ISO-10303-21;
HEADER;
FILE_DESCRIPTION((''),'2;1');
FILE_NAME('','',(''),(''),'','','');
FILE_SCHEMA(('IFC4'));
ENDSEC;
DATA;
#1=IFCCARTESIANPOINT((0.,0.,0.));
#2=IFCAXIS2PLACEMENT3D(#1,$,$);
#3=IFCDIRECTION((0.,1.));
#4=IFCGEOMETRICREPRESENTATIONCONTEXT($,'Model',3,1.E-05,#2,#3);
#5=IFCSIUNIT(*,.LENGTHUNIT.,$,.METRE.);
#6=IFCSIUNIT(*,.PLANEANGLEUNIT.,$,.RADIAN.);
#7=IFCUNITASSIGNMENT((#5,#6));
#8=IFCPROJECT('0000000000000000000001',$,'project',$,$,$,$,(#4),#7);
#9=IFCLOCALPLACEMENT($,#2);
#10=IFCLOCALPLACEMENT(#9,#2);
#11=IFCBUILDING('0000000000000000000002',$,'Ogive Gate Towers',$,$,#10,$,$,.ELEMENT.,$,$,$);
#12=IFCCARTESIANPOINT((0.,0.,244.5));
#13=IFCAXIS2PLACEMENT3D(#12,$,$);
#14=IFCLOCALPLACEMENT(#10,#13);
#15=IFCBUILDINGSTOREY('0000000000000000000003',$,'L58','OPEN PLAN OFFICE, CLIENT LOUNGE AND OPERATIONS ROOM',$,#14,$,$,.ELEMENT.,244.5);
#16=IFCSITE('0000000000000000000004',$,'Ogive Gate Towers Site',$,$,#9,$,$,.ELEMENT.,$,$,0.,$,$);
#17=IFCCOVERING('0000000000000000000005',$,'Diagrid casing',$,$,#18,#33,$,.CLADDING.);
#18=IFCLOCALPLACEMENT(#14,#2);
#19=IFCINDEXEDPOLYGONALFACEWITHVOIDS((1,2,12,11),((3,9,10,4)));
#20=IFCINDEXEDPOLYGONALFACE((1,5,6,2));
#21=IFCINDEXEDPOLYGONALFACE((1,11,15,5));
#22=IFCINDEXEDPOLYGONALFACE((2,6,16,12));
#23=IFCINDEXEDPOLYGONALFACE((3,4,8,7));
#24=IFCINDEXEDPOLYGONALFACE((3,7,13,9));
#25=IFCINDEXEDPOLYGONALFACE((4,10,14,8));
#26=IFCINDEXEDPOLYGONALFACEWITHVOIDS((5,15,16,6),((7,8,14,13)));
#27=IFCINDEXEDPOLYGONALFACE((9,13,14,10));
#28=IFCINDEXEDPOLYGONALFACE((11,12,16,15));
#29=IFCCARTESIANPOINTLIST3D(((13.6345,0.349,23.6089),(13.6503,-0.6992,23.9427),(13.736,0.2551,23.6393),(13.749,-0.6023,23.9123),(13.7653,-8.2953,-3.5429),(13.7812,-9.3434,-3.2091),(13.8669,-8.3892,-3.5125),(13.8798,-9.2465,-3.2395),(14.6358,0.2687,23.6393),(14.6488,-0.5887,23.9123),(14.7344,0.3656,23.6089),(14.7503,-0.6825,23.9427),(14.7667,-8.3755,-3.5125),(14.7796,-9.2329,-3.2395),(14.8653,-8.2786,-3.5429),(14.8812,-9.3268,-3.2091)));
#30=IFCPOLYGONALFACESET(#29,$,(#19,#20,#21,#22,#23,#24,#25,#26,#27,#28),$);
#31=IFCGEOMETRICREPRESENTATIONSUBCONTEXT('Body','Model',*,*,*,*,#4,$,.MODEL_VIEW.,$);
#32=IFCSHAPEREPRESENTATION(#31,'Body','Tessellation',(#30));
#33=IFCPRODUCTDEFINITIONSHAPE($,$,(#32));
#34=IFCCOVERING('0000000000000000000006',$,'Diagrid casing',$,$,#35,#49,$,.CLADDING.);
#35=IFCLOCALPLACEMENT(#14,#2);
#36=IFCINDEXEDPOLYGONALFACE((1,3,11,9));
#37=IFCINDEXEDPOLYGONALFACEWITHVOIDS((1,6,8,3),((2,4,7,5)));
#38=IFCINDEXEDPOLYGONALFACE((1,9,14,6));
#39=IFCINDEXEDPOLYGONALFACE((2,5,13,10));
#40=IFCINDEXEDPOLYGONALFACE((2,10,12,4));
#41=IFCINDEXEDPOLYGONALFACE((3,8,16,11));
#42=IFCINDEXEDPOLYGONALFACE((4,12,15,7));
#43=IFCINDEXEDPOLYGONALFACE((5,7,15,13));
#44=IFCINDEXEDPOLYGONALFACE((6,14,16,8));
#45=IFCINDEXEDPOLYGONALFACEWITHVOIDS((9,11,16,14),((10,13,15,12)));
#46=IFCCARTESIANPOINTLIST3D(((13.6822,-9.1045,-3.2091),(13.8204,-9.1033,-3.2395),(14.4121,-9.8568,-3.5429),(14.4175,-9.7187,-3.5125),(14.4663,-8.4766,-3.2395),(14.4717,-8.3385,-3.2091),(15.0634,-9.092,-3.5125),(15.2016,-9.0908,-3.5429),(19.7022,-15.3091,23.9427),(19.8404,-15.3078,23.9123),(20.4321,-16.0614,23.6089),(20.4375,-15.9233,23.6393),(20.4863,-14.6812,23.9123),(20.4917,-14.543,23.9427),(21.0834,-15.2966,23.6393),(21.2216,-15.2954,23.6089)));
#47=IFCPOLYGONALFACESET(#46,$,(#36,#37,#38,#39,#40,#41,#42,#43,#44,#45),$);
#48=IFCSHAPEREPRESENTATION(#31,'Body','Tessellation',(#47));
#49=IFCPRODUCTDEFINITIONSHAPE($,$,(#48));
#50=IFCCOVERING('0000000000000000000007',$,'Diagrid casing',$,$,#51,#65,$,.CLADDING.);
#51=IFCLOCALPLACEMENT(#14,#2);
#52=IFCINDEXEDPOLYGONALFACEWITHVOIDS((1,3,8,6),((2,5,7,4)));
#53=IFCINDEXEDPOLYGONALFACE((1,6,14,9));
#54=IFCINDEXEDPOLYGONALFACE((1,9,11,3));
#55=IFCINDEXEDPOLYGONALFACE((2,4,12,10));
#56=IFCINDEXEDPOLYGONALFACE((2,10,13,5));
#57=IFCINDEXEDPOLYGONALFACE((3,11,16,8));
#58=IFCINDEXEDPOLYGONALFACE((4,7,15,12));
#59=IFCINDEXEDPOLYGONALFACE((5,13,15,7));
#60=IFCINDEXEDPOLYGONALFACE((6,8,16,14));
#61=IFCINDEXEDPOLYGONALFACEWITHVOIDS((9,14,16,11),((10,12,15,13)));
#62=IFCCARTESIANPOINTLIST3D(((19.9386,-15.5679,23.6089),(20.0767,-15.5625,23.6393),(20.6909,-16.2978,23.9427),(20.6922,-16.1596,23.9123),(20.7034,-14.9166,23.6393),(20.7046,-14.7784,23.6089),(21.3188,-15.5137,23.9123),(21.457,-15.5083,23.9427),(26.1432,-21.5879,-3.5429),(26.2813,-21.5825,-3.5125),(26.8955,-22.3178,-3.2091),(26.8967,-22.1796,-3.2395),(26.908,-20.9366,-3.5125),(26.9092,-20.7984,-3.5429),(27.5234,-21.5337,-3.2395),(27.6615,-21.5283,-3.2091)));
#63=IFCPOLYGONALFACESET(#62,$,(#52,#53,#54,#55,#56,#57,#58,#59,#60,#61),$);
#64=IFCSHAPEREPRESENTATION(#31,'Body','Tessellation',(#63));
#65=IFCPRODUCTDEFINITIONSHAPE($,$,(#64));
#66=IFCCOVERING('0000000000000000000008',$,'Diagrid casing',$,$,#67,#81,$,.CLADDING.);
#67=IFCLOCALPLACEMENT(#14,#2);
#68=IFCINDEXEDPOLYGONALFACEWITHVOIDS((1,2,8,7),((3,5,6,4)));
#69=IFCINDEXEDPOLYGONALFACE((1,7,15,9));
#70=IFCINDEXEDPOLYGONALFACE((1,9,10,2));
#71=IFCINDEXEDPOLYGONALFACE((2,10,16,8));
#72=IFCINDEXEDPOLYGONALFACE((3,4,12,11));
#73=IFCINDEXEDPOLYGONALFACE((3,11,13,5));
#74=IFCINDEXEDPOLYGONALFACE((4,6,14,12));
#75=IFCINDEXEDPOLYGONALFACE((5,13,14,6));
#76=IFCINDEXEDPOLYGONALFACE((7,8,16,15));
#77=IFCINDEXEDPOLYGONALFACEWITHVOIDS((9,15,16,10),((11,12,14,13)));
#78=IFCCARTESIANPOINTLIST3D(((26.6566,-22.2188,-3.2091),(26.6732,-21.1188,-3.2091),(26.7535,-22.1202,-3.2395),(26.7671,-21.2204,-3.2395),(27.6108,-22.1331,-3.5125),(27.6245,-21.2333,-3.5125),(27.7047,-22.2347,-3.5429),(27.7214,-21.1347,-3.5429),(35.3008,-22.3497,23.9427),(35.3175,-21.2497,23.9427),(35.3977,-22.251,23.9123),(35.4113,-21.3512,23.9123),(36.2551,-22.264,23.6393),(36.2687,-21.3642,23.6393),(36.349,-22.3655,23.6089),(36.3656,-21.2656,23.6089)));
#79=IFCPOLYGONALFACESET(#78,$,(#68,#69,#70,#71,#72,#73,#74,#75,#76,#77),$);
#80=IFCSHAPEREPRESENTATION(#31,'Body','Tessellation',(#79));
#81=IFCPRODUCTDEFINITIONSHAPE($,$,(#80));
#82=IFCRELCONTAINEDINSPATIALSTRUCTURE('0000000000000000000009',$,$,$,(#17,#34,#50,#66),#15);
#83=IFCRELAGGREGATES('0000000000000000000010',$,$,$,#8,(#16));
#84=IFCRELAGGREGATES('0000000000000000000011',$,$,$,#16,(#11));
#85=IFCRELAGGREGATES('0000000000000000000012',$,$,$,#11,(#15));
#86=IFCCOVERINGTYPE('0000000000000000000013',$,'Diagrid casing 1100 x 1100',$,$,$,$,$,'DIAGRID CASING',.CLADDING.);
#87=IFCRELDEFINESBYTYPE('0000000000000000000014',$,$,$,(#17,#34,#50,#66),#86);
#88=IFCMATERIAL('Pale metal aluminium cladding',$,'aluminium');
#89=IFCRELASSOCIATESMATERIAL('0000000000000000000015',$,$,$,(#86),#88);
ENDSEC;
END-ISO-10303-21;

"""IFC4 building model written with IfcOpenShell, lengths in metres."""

from ifc_helpers import new_model, si_unit, direction, frame, origin, origin_2d, place, context, subcontext, project, spatial, hollow_rectangle, extrude, material, material_profile, profile_set, type_object, element, save


model = new_model("IFC4")

# Units and contexts
model_context = context("Model", 3, precision=1e-05, world=origin(), true_north=direction((0.0, 1.0)))
body_context = subcontext(model_context, "Body", "Model", "MODEL_VIEW")
ifc_project = project(units=[si_unit("LENGTHUNIT", "METRE"), si_unit("PLANEANGLEUNIT", "RADIAN")], contexts=[model_context])

# Site, building, storey
site_placement = place(None, origin())
site = spatial("IfcSite", under=ifc_project, at=site_placement, Name="Ogive Gate Towers Site", CompositionType="ELEMENT", RefElevation=0.0)
building_placement = place(site_placement, origin())
building = spatial("IfcBuilding", under=site, at=building_placement, Name="Ogive Gate Towers", CompositionType="ELEMENT")
storey_placement = place(building_placement, frame((0.0, 0.0, 244.5)))
storey = spatial("IfcBuildingStorey", under=building, at=storey_placement, Name="L58", Description="OPEN PLAN OFFICE, CLIENT LOUNGE AND OPERATIONS ROOM", CompositionType="ELEMENT", Elevation=244.5)

# Coverings
ifc_material_1 = material(Name="Pale metal aluminium cladding", Category="aluminium")
ifc_material_profile_1 = material_profile(ifc_material_1, hollow_rectangle(XDim=1.1001, YDim=1.1001, WallThickness=0.1001, at=origin_2d()), Name="1100 x 1100 pale metal casing")
ifc_profile_set_1 = profile_set([ifc_material_profile_1], Name="Pale metal aluminium cladding")
covering_type_1 = type_object("IfcCoveringType", Name="Diagrid casing 1100 x 1100", ElementType="DIAGRID CASING", PredefinedType="CLADDING", material=ifc_profile_set_1)
for number, where, z_axis, x_axis, name in (
    (1, (14.3232, -8.811, -3.376), (-0.004592, 0.303362, 0.952864), (-0.999885, -0.015137, 0.0), "Diagrid casing"),
    (2, (14.4419, -9.0977, -3.376), (0.211266, -0.217744, 0.952866), (0.717701, 0.696351, 0.0), "Diagrid casing"),
    (3, (26.9023, -21.5581, -3.376), (-0.217744, 0.211266, 0.952866), (-0.696351, -0.717701, 0.0), "Diagrid casing"),
    (4, (27.189, -21.6768, -3.376), (0.303362, -0.004592, 0.952864), (0.015137, 0.999885, 0.0), "Diagrid casing"),
):
    element("IfcCovering", number, at=place(storey_placement, frame(where, z_axis=z_axis, x_axis=x_axis)), inside=storey, type_object=covering_type_1, Name=name, PredefinedType="CLADDING", context=body_context, shape_type="SweptSolid", body=[
        extrude(hollow_rectangle(XDim=1.1001, YDim=1.1001, WallThickness=0.1001, at=origin_2d()), origin(), (0.0, 0.0, 1.0), 28.4949),
    ])

save(model, "model.ifc")
